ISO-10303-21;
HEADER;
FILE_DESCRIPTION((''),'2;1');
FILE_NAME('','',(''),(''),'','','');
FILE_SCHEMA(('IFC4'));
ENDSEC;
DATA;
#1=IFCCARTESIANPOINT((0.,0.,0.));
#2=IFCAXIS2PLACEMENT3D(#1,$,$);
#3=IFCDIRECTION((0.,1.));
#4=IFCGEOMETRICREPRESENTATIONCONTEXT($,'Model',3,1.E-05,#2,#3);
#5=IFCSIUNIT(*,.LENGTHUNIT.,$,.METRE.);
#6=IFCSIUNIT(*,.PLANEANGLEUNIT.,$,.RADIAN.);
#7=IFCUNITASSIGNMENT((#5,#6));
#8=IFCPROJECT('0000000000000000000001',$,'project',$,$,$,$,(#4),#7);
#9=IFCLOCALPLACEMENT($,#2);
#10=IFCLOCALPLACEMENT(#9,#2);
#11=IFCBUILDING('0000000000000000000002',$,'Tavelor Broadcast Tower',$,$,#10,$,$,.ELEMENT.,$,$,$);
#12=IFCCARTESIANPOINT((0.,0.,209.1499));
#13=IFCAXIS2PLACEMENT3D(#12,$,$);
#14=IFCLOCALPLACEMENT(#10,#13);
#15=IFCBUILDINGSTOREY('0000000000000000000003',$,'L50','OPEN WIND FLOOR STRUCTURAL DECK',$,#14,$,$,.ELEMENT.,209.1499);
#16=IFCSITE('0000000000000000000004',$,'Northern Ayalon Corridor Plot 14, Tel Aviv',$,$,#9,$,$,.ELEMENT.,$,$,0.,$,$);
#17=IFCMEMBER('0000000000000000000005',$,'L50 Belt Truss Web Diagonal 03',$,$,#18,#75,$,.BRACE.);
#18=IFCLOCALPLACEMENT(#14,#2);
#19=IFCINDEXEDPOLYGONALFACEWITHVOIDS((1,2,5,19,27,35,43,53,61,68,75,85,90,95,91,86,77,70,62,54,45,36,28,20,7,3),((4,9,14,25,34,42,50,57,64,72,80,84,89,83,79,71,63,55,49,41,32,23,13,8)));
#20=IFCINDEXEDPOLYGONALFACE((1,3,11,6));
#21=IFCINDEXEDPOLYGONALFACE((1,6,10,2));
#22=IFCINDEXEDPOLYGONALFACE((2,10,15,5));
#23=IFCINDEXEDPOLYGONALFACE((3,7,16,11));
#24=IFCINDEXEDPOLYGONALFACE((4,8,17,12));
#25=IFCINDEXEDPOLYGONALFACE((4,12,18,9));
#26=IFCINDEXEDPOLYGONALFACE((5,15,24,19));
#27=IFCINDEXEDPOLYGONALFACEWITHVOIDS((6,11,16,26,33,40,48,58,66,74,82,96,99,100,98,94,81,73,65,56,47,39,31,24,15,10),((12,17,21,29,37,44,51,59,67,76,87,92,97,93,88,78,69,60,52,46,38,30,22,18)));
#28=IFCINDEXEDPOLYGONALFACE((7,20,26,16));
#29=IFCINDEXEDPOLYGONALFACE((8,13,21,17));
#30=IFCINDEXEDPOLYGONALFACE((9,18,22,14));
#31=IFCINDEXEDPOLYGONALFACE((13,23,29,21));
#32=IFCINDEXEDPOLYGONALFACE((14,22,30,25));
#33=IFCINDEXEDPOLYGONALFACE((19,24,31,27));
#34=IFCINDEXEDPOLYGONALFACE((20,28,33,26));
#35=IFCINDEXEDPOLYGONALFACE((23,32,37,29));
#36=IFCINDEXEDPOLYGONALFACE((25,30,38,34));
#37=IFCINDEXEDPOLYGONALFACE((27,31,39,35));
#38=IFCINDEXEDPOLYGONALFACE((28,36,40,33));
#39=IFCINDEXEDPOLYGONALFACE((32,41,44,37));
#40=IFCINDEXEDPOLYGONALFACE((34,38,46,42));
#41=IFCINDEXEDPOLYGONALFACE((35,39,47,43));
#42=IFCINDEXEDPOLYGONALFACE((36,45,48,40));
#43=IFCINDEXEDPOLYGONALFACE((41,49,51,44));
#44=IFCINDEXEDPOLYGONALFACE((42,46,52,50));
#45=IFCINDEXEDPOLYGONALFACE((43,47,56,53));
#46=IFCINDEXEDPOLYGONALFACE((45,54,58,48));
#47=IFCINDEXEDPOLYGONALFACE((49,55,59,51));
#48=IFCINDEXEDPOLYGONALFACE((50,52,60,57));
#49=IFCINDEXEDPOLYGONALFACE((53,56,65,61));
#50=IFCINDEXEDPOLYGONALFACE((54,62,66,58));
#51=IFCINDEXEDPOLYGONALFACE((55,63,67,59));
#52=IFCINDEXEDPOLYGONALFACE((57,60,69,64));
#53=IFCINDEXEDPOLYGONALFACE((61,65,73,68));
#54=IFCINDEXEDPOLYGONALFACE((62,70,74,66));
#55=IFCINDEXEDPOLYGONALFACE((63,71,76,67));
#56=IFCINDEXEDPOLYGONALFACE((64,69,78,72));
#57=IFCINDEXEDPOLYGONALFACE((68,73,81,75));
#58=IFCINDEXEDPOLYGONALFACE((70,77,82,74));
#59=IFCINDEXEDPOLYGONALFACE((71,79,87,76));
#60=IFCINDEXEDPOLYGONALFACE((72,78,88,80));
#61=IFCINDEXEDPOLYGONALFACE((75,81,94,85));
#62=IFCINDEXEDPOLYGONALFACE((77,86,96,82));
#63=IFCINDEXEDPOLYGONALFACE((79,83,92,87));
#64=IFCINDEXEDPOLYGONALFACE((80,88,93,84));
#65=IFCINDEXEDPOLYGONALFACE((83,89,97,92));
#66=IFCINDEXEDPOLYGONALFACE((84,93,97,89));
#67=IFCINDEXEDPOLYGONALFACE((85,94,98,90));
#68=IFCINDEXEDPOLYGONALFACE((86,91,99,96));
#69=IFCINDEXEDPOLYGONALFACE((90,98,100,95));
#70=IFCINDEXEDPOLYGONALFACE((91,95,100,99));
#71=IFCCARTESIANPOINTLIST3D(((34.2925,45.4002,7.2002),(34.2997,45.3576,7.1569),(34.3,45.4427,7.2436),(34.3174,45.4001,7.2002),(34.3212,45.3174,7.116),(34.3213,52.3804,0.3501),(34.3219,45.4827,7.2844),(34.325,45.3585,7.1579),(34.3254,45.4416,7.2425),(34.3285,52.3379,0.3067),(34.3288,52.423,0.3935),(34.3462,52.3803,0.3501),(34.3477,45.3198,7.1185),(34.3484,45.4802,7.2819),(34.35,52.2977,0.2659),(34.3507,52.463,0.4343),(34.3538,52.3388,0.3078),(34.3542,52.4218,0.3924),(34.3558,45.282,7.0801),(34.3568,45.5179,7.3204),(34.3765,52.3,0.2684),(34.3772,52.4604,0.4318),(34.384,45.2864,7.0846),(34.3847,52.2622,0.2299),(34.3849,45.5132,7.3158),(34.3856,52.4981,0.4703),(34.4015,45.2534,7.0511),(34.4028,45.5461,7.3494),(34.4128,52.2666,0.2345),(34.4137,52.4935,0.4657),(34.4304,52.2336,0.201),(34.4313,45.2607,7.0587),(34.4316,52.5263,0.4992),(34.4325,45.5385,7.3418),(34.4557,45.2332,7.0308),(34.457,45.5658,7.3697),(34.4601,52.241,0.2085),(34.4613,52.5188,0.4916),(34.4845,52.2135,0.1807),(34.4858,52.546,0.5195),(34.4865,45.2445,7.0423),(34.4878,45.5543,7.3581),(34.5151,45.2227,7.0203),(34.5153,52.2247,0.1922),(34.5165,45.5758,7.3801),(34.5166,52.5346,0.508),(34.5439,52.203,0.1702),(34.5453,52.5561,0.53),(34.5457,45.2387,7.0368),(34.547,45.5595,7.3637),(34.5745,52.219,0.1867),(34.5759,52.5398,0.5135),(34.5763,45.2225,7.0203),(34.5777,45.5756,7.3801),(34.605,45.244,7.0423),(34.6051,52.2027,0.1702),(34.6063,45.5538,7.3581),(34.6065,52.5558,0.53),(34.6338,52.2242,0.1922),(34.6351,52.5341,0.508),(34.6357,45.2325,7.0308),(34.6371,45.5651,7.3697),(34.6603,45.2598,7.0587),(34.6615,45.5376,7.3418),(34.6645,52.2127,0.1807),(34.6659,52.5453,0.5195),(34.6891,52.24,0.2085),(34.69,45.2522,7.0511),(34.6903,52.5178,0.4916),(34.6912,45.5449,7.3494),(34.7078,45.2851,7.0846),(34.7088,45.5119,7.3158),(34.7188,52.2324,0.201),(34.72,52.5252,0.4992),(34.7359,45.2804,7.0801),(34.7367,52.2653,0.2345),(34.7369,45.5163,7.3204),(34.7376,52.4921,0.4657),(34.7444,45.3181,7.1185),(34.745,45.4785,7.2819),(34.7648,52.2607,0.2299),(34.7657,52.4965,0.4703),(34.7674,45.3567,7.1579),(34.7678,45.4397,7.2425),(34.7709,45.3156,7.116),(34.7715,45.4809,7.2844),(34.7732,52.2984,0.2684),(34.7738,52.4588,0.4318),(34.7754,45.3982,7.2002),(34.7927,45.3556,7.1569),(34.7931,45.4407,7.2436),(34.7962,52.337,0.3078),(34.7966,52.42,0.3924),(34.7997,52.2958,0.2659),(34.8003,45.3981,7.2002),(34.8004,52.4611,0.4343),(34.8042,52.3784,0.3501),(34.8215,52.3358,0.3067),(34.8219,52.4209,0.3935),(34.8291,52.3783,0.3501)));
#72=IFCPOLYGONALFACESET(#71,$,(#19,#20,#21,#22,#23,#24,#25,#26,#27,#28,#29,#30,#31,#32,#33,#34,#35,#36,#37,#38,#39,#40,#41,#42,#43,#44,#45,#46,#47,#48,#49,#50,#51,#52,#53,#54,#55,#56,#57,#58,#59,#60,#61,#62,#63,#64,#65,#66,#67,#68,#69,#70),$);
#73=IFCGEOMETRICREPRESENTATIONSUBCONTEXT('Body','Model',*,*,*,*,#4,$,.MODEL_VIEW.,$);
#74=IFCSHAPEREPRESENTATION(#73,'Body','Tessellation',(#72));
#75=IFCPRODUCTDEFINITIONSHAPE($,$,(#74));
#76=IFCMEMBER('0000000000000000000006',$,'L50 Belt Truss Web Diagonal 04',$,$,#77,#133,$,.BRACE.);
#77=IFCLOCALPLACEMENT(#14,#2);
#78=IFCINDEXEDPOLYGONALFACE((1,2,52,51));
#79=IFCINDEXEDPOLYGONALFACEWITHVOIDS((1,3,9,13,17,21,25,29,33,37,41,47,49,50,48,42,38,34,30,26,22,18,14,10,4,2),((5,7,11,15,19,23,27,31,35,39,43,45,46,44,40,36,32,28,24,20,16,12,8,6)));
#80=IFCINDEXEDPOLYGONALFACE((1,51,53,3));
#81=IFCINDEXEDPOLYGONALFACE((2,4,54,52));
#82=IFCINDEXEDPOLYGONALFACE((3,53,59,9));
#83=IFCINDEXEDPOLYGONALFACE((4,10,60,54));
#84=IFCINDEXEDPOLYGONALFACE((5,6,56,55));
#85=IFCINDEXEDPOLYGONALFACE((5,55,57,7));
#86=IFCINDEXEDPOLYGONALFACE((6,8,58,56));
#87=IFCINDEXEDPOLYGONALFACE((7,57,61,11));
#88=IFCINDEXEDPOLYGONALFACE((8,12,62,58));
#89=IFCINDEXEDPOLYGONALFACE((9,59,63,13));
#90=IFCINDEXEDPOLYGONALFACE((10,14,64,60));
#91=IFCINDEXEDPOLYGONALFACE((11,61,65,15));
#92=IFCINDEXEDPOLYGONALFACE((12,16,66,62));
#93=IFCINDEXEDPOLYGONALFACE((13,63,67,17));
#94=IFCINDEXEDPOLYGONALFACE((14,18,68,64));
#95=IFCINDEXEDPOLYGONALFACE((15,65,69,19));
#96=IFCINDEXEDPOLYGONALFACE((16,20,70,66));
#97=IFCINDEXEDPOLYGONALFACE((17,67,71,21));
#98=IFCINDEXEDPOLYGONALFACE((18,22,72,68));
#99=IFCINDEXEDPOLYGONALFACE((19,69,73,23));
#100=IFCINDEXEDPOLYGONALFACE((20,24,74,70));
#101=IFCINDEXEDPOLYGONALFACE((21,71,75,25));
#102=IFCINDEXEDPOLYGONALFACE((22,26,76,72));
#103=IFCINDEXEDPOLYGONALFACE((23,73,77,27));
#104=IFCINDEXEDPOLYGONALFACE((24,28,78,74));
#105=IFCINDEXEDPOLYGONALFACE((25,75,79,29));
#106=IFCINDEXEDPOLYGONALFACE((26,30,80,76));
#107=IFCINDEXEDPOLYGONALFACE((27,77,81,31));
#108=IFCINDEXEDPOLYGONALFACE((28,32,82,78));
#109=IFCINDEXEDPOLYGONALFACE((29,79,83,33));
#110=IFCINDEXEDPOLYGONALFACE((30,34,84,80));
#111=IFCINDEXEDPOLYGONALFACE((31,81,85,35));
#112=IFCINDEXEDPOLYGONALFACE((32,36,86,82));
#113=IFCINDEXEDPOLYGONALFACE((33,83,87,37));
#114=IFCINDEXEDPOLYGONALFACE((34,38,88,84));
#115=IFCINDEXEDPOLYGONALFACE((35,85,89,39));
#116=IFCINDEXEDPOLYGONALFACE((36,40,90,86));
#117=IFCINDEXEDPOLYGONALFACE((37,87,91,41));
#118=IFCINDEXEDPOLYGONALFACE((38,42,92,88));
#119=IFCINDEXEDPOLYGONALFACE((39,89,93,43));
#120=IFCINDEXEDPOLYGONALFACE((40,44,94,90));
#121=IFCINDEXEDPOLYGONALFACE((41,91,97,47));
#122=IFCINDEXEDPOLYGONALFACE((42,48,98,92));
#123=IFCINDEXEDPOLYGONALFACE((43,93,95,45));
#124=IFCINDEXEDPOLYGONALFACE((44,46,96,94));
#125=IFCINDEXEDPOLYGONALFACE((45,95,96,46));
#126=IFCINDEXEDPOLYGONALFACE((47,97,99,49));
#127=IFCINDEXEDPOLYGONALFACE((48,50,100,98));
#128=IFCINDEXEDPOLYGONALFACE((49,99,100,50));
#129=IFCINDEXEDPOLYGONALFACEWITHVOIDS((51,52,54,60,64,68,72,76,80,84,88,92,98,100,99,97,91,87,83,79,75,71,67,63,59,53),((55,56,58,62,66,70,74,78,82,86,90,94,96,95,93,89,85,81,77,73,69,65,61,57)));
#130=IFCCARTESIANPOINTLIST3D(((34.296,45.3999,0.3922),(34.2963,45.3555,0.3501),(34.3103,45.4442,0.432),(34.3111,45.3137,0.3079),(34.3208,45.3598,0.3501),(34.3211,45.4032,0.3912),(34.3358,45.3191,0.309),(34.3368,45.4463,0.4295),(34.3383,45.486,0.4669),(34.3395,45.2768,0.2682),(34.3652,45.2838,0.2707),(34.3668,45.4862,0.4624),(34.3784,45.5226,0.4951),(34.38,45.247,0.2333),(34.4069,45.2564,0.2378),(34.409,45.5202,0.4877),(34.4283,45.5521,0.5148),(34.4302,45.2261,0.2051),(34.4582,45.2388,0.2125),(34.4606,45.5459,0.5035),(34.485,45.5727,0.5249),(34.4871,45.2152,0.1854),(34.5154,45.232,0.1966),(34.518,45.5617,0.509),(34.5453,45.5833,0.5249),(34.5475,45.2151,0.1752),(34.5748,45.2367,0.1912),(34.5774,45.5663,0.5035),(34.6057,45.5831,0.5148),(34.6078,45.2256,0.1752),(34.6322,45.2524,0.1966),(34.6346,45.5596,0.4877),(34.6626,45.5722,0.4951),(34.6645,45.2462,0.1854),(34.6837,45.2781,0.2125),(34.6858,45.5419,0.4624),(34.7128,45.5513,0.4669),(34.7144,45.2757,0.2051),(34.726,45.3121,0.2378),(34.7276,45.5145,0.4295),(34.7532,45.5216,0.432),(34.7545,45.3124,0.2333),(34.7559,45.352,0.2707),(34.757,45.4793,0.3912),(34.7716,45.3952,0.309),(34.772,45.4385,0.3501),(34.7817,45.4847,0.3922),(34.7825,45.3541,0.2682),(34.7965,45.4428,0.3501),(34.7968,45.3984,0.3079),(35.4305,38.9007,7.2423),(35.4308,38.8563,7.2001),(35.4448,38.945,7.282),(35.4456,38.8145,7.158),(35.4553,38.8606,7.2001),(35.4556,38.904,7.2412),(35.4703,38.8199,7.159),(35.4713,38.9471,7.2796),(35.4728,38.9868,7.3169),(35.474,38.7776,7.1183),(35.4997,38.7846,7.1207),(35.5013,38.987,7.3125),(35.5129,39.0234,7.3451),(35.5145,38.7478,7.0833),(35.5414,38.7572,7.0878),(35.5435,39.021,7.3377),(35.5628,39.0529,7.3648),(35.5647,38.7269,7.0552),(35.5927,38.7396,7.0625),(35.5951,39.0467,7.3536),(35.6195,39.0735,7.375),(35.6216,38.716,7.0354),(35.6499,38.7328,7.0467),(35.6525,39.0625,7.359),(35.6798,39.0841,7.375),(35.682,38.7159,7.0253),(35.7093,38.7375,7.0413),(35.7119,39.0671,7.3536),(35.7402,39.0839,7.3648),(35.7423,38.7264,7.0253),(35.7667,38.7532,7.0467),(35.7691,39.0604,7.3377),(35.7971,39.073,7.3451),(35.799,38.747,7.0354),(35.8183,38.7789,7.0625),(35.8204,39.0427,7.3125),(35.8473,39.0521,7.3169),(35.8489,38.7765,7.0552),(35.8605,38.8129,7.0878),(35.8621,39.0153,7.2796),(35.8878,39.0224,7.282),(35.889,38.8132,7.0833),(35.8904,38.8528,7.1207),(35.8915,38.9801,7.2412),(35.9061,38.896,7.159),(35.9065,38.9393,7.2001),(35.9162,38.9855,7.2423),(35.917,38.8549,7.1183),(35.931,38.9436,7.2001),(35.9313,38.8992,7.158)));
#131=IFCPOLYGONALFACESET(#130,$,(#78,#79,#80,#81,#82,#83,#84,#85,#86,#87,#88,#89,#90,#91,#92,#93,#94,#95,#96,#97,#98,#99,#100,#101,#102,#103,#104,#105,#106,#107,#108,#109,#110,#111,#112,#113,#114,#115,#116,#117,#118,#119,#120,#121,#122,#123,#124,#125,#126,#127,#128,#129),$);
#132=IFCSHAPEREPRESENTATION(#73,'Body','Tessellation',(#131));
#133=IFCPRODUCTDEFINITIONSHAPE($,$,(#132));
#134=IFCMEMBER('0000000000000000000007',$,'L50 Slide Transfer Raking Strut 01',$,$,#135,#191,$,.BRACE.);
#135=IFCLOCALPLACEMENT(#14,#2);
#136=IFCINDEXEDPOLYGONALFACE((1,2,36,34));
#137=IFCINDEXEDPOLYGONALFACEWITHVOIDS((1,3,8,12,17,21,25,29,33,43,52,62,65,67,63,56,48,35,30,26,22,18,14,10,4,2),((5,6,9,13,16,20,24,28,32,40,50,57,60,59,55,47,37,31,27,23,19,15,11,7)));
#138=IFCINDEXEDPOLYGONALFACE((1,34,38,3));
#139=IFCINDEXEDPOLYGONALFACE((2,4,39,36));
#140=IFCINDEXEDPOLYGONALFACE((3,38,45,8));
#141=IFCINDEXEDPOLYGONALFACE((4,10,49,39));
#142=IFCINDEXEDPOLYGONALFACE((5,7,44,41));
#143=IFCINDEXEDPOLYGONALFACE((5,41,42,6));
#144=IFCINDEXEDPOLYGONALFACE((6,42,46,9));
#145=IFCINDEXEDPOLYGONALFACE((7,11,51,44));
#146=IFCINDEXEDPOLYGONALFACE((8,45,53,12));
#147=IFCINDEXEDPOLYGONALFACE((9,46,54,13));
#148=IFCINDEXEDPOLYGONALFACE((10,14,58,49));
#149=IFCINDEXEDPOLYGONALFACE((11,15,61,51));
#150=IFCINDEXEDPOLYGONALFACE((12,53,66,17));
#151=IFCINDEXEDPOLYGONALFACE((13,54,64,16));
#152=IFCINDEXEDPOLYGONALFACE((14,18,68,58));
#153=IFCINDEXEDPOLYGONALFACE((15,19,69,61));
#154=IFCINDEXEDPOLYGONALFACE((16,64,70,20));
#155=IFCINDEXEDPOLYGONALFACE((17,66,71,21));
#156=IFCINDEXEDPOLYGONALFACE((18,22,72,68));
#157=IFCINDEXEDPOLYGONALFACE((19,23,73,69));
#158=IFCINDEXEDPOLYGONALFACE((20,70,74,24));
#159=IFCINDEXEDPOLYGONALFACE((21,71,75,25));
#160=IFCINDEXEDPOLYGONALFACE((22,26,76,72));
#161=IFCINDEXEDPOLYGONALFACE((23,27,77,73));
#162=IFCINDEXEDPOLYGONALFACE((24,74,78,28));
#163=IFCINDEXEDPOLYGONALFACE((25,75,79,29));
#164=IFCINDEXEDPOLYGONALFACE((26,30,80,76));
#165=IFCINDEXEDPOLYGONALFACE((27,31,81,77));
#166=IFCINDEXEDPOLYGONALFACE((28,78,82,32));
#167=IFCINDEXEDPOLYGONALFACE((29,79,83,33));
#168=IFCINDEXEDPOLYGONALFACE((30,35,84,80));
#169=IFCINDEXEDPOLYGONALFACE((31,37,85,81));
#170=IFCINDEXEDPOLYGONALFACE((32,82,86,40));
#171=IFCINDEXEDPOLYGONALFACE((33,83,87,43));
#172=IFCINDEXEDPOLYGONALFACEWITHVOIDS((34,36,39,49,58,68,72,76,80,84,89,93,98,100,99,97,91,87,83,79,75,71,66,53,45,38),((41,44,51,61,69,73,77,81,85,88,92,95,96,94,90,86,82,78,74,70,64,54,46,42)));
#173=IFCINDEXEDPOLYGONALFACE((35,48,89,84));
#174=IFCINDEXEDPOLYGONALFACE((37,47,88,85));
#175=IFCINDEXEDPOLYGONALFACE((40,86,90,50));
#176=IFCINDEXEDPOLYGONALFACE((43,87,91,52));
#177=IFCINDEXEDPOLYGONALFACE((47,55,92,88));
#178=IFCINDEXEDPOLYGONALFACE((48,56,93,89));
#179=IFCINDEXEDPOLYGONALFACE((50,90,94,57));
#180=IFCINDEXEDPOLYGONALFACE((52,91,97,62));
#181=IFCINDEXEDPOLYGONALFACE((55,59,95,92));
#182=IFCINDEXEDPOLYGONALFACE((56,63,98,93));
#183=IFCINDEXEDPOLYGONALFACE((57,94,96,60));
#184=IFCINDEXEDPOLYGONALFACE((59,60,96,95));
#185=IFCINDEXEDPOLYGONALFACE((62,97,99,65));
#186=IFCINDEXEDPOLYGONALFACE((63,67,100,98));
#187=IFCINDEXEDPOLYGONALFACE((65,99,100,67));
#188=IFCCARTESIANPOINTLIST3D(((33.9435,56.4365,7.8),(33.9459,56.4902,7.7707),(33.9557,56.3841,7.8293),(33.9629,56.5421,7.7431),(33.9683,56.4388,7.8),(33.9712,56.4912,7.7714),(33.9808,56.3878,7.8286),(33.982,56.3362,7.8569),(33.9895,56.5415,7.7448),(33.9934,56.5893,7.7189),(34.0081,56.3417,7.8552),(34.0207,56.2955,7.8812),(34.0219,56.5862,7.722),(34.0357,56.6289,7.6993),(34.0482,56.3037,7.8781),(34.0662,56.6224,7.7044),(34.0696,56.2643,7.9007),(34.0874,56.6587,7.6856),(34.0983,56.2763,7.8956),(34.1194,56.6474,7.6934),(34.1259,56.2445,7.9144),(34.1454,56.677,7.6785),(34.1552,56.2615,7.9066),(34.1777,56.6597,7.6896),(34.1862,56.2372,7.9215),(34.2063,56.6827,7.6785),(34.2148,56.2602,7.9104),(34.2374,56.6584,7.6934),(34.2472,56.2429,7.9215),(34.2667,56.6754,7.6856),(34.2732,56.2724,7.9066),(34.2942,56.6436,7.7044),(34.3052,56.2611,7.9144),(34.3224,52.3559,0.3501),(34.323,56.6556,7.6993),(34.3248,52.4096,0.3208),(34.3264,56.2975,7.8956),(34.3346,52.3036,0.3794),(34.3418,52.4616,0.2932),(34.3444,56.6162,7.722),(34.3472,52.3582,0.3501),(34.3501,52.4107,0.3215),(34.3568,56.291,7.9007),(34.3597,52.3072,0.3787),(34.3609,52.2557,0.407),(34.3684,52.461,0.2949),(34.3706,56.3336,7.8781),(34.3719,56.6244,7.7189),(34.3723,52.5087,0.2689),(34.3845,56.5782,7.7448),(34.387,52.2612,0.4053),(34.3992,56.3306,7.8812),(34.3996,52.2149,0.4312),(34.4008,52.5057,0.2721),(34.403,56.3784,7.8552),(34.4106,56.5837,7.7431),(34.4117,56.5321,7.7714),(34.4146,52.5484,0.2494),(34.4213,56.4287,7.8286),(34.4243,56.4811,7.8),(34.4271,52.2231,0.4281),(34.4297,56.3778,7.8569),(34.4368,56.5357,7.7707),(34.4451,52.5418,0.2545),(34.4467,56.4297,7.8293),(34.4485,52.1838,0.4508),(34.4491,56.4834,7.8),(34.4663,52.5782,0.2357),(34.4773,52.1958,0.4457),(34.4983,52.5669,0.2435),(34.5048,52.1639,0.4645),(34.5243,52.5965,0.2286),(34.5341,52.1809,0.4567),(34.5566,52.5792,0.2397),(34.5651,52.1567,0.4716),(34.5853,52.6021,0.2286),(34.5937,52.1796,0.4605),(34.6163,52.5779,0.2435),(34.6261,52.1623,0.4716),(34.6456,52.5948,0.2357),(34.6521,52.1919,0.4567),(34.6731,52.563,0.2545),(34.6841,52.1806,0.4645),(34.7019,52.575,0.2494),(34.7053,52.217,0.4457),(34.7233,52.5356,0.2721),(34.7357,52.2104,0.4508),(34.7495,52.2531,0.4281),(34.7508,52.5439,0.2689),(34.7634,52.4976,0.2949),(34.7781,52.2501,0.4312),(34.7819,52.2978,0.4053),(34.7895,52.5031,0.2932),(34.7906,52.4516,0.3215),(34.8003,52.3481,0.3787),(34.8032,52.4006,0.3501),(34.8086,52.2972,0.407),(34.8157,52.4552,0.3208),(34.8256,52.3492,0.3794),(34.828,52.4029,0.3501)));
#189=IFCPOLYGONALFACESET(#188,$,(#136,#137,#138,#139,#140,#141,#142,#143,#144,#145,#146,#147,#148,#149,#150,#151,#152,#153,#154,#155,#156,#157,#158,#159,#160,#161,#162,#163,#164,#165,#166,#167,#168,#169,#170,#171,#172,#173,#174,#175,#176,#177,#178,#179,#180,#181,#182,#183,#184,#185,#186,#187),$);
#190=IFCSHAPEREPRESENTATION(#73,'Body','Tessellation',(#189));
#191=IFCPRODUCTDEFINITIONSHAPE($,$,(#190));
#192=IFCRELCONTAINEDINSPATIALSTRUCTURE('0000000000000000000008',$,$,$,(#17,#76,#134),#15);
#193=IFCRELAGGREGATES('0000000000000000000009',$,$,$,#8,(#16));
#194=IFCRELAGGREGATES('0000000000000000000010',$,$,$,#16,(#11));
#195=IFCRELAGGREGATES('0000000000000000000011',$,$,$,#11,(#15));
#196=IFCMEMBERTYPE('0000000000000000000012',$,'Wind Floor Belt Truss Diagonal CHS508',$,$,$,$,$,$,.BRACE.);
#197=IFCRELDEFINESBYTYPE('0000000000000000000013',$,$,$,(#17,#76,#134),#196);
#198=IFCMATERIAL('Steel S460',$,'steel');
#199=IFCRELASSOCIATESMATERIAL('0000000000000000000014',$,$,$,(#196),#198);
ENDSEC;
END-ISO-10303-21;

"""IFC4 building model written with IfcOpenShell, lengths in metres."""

from ifc_helpers import new_model, si_unit, direction, frame, origin, origin_2d, place, context, subcontext, project, spatial, hollow_circle, extrude, material, material_profile, profile_set, type_object, element, save


model = new_model("IFC4")

# Units and contexts
model_context = context("Model", 3, precision=1e-05, world=origin(), true_north=direction((0.0, 1.0)))
body_context = subcontext(model_context, "Body", "Model", "MODEL_VIEW")
ifc_project = project(units=[si_unit("LENGTHUNIT", "METRE"), si_unit("PLANEANGLEUNIT", "RADIAN")], contexts=[model_context])

# Site, building, storey
site_placement = place(None, origin())
site = spatial("IfcSite", under=ifc_project, at=site_placement, Name="Northern Ayalon Corridor Plot 14, Tel Aviv", CompositionType="ELEMENT", RefElevation=0.0)
building_placement = place(site_placement, origin())
building = spatial("IfcBuilding", under=site, at=building_placement, Name="Tavelor Broadcast Tower", CompositionType="ELEMENT")
storey_placement = place(building_placement, frame((0.0, 0.0, 209.1499)))
storey = spatial("IfcBuildingStorey", under=building, at=storey_placement, Name="L50", Description="OPEN WIND FLOOR STRUCTURAL DECK", CompositionType="ELEMENT", Elevation=209.1499)

# Shared definitions
ifc_material_1 = material(Name="Steel S460", Category="steel")

# Members
ifc_material_profile_1 = material_profile(ifc_material_1, hollow_circle(Radius=0.2539, WallThickness=0.0249, at=origin_2d()), Name="CHS 508x25")
ifc_profile_set_1 = profile_set([ifc_material_profile_1], Name="Steel S460")
member_type_1 = type_object("IfcMemberType", Name="Wind Floor Belt Truss Diagonal CHS508", PredefinedType="BRACE", material=ifc_profile_set_1)
member_1_placement = place(storey_placement, frame((34.5752, 52.3794, 0.3501), z_axis=(-0.002946, -0.713725, 0.70042), x_axis=(0.999991, -0.004127, 0.0)))
element("IfcMember", 1, at=member_1_placement, inside=storey, type_object=member_type_1, Name="L50 Belt Truss Web Diagonal 03", PredefinedType="BRACE", context=body_context, shape_type="SweptSolid", body=[
    extrude(hollow_circle(Radius=0.2539, WallThickness=0.0249, at=origin_2d()), origin(), (0.0, 0.0, 1.0), 9.78),
])
member_2_placement = place(storey_placement, frame((34.5464, 45.3992, 0.3501), z_axis=(0.11929, -0.683371, 0.720259), x_axis=(0.985104, 0.171961, 0.0)))
element("IfcMember", 2, at=member_2_placement, inside=storey, type_object=member_type_1, Name="L50 Belt Truss Web Diagonal 04", PredefinedType="BRACE", context=body_context, shape_type="SweptSolid", body=[
    extrude(hollow_circle(Radius=0.2539, WallThickness=0.0249, at=origin_2d()), origin(), (0.0, 0.0, 1.0), 9.5105),
])
member_3_placement = place(storey_placement, frame((34.5752, 52.3794, 0.3501), z_axis=(-0.044563, 0.479913, 0.876184), x_axis=(-0.995717, -0.092459, 0.0)))
element("IfcMember", 3, at=member_3_placement, inside=storey, type_object=member_type_1, Name="L50 Slide Transfer Raking Strut 01", PredefinedType="BRACE", context=body_context, shape_type="SweptSolid", body=[
    extrude(hollow_circle(Radius=0.2539, WallThickness=0.0249, at=origin_2d()), origin(), (0.0, 0.0, 1.0), 8.5027),
])

save(model, "model.ifc")
